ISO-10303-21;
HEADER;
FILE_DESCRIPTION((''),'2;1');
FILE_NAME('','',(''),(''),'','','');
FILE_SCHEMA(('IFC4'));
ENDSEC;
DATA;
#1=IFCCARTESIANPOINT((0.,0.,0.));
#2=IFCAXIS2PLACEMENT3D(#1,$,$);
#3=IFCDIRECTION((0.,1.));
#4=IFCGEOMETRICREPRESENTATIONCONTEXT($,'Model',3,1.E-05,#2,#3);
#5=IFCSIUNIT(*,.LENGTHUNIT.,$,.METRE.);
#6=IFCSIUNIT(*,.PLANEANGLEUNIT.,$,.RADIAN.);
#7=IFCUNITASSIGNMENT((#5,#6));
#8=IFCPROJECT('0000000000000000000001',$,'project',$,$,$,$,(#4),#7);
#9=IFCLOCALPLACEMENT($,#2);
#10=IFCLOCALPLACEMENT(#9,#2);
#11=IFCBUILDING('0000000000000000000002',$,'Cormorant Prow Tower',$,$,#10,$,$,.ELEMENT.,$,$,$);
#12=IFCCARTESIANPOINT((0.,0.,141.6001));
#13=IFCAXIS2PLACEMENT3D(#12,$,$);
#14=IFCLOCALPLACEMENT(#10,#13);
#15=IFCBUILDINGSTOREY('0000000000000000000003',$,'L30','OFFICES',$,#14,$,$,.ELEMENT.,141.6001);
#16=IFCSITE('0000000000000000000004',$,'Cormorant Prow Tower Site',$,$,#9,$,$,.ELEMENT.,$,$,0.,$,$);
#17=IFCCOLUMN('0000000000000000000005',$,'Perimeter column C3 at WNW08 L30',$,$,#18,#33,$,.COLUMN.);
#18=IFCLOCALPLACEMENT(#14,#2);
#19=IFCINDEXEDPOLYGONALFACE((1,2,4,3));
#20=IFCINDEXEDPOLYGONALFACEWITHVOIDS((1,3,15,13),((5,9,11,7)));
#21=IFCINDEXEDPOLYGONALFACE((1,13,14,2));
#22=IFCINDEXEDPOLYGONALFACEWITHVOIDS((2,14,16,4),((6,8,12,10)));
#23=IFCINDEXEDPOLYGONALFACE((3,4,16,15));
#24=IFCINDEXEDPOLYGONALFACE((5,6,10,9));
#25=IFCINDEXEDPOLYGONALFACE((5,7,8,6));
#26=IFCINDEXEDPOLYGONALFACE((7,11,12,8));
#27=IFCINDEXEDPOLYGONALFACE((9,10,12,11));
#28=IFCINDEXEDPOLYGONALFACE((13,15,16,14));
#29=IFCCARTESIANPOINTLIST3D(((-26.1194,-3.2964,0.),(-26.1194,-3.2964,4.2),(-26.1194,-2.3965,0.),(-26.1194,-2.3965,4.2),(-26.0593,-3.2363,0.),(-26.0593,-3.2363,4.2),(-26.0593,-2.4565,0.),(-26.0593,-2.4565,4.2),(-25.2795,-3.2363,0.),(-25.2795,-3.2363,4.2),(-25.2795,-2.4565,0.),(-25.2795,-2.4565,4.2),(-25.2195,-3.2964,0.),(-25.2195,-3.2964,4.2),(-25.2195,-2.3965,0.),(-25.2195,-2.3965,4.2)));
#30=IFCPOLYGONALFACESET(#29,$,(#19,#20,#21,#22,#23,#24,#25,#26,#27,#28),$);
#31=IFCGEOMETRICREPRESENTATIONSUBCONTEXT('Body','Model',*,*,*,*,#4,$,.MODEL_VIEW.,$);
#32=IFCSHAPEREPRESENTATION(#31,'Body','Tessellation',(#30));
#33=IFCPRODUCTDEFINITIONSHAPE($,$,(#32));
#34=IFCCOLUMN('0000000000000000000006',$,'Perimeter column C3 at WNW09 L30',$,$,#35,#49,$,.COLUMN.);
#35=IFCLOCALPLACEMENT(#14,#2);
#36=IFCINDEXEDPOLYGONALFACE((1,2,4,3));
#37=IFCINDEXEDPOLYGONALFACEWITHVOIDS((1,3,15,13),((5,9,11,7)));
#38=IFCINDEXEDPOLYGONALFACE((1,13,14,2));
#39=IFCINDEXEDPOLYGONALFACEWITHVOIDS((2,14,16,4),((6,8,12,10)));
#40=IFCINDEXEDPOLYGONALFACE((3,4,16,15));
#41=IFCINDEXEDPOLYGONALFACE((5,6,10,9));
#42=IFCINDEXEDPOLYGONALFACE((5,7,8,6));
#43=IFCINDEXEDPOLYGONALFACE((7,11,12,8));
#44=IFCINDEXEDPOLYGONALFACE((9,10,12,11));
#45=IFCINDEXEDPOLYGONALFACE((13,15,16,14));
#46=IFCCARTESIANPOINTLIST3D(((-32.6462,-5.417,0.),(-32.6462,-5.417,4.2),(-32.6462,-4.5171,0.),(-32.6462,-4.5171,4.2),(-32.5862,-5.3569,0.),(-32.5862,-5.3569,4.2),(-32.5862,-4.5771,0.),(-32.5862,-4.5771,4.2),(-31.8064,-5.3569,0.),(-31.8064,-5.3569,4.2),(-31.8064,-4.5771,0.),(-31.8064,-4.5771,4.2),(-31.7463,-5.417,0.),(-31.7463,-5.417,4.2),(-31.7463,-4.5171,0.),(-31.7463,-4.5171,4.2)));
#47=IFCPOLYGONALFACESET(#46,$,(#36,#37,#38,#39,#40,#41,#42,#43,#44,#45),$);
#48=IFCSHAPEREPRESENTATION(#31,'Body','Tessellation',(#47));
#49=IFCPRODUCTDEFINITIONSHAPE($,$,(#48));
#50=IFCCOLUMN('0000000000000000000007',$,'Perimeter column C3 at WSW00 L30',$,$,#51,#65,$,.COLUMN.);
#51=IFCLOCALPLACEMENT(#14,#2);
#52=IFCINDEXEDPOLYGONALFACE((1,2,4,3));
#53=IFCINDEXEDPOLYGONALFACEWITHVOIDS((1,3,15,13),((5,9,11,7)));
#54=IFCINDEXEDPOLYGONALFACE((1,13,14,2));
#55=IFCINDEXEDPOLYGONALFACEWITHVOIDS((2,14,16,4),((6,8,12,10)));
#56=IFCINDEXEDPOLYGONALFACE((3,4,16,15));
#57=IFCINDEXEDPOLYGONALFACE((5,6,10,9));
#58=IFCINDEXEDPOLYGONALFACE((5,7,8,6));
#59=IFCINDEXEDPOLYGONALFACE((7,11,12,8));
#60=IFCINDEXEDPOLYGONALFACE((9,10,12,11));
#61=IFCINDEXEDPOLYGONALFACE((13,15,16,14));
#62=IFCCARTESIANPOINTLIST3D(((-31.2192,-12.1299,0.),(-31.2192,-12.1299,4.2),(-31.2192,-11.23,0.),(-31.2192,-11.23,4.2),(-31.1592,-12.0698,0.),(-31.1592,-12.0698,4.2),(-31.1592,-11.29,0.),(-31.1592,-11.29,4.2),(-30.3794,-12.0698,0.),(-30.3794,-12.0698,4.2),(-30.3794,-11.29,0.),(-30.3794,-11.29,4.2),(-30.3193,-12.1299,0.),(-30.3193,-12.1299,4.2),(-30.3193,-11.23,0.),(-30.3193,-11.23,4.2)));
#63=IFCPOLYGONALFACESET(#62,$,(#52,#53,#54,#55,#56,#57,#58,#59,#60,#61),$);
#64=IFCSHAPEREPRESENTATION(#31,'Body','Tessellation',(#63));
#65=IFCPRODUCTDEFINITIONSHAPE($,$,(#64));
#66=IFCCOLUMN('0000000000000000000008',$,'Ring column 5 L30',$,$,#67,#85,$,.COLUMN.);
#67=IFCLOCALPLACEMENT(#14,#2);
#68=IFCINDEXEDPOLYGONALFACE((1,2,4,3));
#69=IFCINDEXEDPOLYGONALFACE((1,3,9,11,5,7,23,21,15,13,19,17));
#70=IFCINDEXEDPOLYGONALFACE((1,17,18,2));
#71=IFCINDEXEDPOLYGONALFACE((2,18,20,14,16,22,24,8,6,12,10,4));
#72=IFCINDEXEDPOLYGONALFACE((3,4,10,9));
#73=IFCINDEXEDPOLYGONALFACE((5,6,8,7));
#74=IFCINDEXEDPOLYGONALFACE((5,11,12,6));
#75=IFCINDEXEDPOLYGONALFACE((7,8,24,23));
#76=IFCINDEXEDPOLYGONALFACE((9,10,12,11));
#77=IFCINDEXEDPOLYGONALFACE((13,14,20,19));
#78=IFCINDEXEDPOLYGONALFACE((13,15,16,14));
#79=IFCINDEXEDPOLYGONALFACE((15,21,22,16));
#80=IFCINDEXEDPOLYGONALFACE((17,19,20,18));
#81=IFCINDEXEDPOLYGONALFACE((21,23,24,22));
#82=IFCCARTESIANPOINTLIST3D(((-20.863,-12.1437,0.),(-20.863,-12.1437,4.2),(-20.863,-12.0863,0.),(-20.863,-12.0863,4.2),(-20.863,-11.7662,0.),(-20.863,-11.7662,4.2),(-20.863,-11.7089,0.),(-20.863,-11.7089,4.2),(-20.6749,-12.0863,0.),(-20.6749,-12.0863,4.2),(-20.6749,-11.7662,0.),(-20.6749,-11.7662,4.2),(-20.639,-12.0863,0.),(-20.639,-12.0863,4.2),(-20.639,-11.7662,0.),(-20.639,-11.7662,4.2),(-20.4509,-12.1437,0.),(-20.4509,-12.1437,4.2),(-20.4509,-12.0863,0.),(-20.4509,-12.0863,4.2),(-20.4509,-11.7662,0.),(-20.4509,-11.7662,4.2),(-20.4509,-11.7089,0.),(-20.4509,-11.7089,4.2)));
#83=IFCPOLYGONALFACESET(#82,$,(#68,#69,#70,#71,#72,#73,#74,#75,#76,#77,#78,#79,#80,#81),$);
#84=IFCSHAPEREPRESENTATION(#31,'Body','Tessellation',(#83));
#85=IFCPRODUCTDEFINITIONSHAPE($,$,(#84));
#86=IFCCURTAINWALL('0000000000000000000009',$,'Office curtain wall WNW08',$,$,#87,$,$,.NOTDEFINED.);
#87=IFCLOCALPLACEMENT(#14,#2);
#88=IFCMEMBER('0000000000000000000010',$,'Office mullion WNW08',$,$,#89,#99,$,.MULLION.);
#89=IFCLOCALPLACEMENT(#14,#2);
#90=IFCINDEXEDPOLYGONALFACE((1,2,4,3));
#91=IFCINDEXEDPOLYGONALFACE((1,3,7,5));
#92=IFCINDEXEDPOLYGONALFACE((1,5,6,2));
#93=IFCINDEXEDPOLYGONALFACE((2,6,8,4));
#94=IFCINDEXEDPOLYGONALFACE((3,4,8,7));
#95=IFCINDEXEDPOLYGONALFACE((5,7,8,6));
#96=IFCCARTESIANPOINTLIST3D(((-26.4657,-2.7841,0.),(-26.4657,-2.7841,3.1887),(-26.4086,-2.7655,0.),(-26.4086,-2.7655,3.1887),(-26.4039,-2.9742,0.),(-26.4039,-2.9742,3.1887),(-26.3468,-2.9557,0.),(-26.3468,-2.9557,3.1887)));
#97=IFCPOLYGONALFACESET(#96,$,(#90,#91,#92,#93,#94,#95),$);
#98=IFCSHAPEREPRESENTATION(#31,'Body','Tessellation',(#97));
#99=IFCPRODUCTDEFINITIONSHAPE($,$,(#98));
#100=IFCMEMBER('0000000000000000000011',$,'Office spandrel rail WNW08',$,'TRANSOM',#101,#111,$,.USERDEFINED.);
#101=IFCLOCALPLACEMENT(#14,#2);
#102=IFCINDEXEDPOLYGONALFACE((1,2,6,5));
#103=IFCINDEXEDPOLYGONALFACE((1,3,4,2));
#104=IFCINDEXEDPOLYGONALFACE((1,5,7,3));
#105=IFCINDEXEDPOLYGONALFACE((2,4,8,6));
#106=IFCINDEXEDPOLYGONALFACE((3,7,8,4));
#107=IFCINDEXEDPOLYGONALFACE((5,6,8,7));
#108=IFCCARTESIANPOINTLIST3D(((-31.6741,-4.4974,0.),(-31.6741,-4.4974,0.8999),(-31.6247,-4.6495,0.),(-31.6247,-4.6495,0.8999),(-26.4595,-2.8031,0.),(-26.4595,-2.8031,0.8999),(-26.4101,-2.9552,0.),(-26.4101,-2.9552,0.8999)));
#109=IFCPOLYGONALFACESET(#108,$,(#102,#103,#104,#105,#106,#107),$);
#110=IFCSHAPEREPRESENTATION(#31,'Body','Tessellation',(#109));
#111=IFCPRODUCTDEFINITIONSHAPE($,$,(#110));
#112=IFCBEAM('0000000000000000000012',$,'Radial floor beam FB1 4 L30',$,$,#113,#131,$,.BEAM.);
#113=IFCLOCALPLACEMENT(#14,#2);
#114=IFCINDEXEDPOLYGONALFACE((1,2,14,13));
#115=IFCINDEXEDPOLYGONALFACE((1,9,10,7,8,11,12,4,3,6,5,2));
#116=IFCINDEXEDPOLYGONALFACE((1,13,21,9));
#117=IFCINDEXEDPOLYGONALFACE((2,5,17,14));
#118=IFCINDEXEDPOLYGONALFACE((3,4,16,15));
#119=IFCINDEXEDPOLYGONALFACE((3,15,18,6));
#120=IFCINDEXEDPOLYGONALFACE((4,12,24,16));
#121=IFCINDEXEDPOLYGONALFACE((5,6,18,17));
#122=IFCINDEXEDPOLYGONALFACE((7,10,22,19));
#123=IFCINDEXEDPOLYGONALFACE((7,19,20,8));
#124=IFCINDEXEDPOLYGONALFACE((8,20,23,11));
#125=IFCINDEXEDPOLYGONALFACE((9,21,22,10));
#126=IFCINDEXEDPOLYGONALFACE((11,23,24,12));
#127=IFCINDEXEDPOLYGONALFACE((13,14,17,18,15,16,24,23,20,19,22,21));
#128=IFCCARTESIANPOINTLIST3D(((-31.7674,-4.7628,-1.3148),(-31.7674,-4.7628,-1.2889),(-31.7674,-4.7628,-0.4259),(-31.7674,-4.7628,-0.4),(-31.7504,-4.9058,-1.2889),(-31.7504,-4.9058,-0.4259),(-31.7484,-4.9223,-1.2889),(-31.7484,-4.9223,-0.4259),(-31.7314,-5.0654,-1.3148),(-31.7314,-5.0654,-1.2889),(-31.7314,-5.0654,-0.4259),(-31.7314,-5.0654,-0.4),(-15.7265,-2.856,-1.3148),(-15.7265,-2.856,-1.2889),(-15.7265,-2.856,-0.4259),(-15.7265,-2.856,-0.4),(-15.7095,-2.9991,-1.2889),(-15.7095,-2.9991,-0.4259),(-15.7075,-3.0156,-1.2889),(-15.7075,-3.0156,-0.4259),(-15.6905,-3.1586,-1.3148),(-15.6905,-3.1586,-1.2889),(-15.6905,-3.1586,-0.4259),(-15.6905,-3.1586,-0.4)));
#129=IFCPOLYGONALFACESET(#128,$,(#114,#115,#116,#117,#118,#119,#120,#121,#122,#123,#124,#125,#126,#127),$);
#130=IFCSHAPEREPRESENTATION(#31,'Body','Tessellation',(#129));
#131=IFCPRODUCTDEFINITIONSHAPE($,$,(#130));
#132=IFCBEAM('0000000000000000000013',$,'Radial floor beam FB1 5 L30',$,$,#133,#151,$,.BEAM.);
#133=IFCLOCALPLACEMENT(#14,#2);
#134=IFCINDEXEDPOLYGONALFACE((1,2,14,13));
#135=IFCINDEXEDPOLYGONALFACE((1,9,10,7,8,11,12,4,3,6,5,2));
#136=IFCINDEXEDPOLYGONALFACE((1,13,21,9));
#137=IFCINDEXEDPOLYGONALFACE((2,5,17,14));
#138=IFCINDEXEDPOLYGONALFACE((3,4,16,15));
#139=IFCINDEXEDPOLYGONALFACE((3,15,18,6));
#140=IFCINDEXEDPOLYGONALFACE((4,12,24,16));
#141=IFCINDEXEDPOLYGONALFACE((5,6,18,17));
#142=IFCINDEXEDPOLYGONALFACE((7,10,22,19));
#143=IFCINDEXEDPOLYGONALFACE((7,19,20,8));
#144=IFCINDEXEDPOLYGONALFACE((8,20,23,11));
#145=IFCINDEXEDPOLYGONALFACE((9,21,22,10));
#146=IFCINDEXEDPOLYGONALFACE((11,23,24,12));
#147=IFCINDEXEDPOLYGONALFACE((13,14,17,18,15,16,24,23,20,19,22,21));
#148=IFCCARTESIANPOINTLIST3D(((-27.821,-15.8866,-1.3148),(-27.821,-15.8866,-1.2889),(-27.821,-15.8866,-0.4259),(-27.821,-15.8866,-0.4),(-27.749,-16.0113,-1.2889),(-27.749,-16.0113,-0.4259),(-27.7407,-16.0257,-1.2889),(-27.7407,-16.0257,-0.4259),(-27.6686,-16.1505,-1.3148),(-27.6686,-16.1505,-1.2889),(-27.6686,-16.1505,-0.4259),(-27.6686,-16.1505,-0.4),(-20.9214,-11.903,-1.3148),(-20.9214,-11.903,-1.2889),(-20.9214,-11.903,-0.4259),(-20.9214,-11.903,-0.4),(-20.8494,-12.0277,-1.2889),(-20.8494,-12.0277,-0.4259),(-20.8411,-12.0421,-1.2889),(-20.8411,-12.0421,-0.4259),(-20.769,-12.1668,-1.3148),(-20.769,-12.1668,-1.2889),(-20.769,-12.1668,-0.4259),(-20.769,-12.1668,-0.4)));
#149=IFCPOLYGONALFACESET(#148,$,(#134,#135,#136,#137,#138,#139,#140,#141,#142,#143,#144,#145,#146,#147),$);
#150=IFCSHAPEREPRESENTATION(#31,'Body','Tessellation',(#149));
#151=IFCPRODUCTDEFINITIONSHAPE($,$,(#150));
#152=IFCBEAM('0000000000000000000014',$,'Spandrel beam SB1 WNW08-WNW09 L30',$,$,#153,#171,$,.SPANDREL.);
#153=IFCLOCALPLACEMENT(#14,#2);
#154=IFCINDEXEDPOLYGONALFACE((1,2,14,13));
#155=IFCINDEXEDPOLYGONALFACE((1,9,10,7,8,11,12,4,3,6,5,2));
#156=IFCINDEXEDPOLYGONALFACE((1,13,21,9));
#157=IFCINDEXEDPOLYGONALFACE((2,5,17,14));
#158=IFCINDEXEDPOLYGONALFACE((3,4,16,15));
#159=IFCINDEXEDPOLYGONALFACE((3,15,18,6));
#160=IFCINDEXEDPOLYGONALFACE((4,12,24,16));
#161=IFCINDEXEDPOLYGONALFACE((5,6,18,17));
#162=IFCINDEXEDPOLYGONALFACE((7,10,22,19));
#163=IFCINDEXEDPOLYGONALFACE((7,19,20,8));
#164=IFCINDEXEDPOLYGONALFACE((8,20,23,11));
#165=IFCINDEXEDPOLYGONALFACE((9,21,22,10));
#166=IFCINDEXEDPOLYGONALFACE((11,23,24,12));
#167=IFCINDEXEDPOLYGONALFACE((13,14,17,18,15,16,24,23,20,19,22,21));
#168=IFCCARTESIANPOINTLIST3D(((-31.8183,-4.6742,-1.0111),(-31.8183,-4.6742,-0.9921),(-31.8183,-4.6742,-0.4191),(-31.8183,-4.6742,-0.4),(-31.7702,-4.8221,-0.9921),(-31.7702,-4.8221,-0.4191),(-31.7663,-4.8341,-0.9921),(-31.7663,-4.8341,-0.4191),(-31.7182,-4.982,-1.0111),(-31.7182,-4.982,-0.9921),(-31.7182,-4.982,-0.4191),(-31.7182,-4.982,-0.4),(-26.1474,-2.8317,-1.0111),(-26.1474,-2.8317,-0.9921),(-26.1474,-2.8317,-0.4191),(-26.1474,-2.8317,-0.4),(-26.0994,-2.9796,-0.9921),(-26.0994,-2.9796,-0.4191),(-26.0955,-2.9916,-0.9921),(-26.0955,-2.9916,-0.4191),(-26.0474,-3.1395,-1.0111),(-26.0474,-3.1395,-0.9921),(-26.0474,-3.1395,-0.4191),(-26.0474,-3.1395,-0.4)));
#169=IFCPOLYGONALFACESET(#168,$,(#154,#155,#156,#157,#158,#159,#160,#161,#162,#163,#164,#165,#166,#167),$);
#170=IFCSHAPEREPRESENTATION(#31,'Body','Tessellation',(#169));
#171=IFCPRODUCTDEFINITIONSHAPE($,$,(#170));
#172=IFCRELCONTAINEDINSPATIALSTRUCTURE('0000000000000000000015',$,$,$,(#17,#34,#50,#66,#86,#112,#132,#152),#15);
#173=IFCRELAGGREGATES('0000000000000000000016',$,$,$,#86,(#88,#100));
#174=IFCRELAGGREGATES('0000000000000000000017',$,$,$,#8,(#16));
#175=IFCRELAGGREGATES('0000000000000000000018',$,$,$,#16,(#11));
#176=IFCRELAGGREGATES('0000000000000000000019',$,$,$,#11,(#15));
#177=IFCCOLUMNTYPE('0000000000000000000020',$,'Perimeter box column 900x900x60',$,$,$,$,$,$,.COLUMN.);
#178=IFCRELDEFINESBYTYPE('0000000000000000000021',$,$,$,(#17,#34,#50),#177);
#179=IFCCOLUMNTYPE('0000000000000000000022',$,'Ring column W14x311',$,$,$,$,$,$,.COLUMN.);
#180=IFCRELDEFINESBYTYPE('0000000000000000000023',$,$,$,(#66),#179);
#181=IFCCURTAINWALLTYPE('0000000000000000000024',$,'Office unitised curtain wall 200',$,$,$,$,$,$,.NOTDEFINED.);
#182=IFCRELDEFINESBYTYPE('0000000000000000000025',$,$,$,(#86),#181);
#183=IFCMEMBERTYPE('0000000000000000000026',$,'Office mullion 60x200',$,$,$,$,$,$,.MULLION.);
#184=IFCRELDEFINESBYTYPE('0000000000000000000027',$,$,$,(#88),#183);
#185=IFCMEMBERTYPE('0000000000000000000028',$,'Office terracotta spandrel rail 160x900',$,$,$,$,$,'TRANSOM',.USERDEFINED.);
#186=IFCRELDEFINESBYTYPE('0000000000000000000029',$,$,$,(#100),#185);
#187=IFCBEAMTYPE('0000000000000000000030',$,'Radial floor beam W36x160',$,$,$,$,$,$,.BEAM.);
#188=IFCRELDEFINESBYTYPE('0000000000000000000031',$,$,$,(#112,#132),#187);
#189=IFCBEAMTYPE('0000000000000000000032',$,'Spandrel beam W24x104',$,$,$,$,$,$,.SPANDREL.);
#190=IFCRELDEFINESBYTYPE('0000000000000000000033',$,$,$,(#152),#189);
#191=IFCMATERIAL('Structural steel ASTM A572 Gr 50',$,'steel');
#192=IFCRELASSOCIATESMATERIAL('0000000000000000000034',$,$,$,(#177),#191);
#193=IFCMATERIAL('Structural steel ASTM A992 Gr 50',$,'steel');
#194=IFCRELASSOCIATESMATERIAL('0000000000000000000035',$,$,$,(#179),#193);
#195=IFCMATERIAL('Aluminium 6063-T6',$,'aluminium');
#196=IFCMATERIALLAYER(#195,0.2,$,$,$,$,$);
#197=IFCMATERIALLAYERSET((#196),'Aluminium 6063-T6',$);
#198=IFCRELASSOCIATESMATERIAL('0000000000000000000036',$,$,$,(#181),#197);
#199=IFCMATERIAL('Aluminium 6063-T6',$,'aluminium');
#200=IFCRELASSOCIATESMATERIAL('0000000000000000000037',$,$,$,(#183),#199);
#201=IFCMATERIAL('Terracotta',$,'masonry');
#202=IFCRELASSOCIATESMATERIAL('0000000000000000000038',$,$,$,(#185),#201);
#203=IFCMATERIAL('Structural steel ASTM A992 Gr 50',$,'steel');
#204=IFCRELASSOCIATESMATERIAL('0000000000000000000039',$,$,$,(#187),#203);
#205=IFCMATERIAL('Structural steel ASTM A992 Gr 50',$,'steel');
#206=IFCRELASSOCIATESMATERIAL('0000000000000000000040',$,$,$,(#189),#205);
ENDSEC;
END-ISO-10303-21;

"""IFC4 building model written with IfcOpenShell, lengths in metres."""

from ifc_helpers import new_model, si_unit, direction, frame, origin, origin_2d, place, context, subcontext, project, spatial, rectangle, hollow_rectangle, i_section, extrude, material, layer, layer_set, material_profile, profile_set, type_object, element, aggregate, save


model = new_model("IFC4")

# Units and contexts
model_context = context("Model", 3, precision=1e-05, world=origin(), true_north=direction((0.0, 1.0)))
body_context = subcontext(model_context, "Body", "Model", "MODEL_VIEW")
ifc_project = project(units=[si_unit("LENGTHUNIT", "METRE"), si_unit("PLANEANGLEUNIT", "RADIAN")], contexts=[model_context])

# Site, building, storey
site_placement = place(None, origin())
site = spatial("IfcSite", under=ifc_project, at=site_placement, Name="Cormorant Prow Tower Site", CompositionType="ELEMENT", RefElevation=0.0)
building_placement = place(site_placement, origin())
building = spatial("IfcBuilding", under=site, at=building_placement, Name="Cormorant Prow Tower", CompositionType="ELEMENT")
storey_placement = place(building_placement, frame((0.0, 0.0, 141.6001)))
storey = spatial("IfcBuildingStorey", under=building, at=storey_placement, Name="L30", Description="OFFICES", CompositionType="ELEMENT", Elevation=141.6001)

# Columns
ifc_material_1 = material(Name="Structural steel ASTM A572 Gr 50", Category="steel")
ifc_material_profile_1 = material_profile(ifc_material_1, hollow_rectangle(XDim=0.8999, YDim=0.8999, WallThickness=0.0601, at=origin_2d()), Name="Box 900x900x60")
ifc_profile_set_1 = profile_set([ifc_material_profile_1], Name="Structural steel ASTM A572 Gr 50")
column_type_1 = type_object("IfcColumnType", Name="Perimeter box column 900x900x60", PredefinedType="COLUMN", material=ifc_profile_set_1)
for number, where, z_axis, x_axis, name in (
    (1, (-25.6694, -2.8464, 0.0), (0.0, 0.0, 1.0), (1.0, 0.0, 0.0), "Perimeter column C3 at WNW08 L30"),
    (2, (-32.1963, -4.967, 0.0), (0.0, 0.0, 1.0), (1.0, 0.0, 0.0), "Perimeter column C3 at WNW09 L30"),
    (3, (-30.7693, -11.6799, 0.0), (0.0, 0.0, 1.0), (1.0, 0.0, 0.0), "Perimeter column C3 at WSW00 L30"),
):
    element("IfcColumn", number, at=place(storey_placement, frame(where, z_axis=z_axis, x_axis=x_axis)), inside=storey, type_object=column_type_1, Name=name, PredefinedType="COLUMN", context=body_context, shape_type="SweptSolid", body=[
        extrude(hollow_rectangle(XDim=0.8999, YDim=0.8999, WallThickness=0.0601, at=origin_2d()), origin(), (0.0, 0.0, 1.0), 4.2),
    ])
ifc_material_2 = material(Name="Structural steel ASTM A992 Gr 50", Category="steel")
ifc_material_profile_2 = material_profile(ifc_material_2, i_section(OverallWidth=0.4121, OverallDepth=0.4348, WebThickness=0.0359, FlangeThickness=0.0574, at=origin_2d()), Name="W14x311")
ifc_profile_set_2 = profile_set([ifc_material_profile_2], Name="Structural steel ASTM A992 Gr 50")
column_type_2 = type_object("IfcColumnType", Name="Ring column W14x311", PredefinedType="COLUMN", material=ifc_profile_set_2)
column_placement = place(storey_placement, frame((-20.657, -11.9263, 0.0), z_axis=(0.0, 0.0, 1.0), x_axis=(1.0, 0.0, 0.0)))
element("IfcColumn", 4, at=column_placement, inside=storey, type_object=column_type_2, Name="Ring column 5 L30", PredefinedType="COLUMN", context=body_context, shape_type="SweptSolid", body=[
    extrude(i_section(OverallWidth=0.4121, OverallDepth=0.4348, WebThickness=0.0359, FlangeThickness=0.0574, at=origin_2d()), origin(), (0.0, 0.0, 1.0), 4.2),
])

# Curtain wall, members
ifc_material_3 = material(Name="Aluminium 6063-T6", Category="aluminium")
ifc_layer_1 = layer(ifc_material_3, 0.2)
ifc_layer_set_1 = layer_set([ifc_layer_1], Name="Aluminium 6063-T6")
curtain_wall_type = type_object("IfcCurtainWallType", Name="Office unitised curtain wall 200", PredefinedType="NOTDEFINED", material=ifc_layer_set_1)
curtain_wall_placement = place(storey_placement, origin())
curtain_wall = element("IfcCurtainWall", 5, at=curtain_wall_placement, inside=storey, type_object=curtain_wall_type, Name="Office curtain wall WNW08", PredefinedType="NOTDEFINED")
ifc_material_4 = material(Name="Aluminium 6063-T6", Category="aluminium")
ifc_material_profile_3 = material_profile(ifc_material_4, rectangle(XDim=0.2, YDim=0.0601, at=origin_2d()), Name="Office mullion 60x200")
ifc_profile_set_3 = profile_set([ifc_material_profile_3], Name="Aluminium 6063-T6")
member_type_1 = type_object("IfcMemberType", Name="Office mullion 60x200", PredefinedType="MULLION", material=ifc_profile_set_3)
member_1_placement = place(storey_placement, frame((-26.4062, -2.8699, 0.0), z_axis=(0.0, 0.0, 1.0), x_axis=(0.309017, -0.951057, 0.0)))
member_1 = element("IfcMember", 6, at=member_1_placement, type_object=member_type_1, Name="Office mullion WNW08", PredefinedType="MULLION", context=body_context, shape_type="SweptSolid", body=[
    extrude(rectangle(XDim=0.2, YDim=0.0601, at=origin_2d()), origin(), (0.0, 0.0, 1.0), 3.1887),
])
ifc_material_5 = material(Name="Terracotta", Category="masonry")
ifc_material_profile_4 = material_profile(ifc_material_5, rectangle(XDim=0.1599, YDim=0.8999, at=origin_2d()), Name="Office terracotta spandrel rail 160x900")
ifc_profile_set_4 = profile_set([ifc_material_profile_4], Name="Terracotta")
member_type_2 = type_object("IfcMemberType", Name="Office terracotta spandrel rail 160x900", ElementType="TRANSOM", PredefinedType="USERDEFINED", material=ifc_profile_set_4)
member_2_placement = place(storey_placement, frame((-26.4348, -2.8792, 0.45), z_axis=(-0.951056, -0.309019, 0.0), x_axis=(0.309019, -0.951056, 0.0)))
member_2 = element("IfcMember", 7, at=member_2_placement, type_object=member_type_2, Name="Office spandrel rail WNW08", ObjectType="TRANSOM", PredefinedType="USERDEFINED", context=body_context, shape_type="SweptSolid", body=[
    extrude(rectangle(XDim=0.1599, YDim=0.8999, at=origin_2d()), origin(), (0.0, 0.0, 1.0), 5.4829),
])

# Beams
ifc_material_6 = material(Name="Structural steel ASTM A992 Gr 50", Category="steel")
ifc_material_profile_5 = material_profile(ifc_material_6, i_section(OverallWidth=0.3047, OverallDepth=0.9148, WebThickness=0.0166, FlangeThickness=0.0259, at=origin_2d()), Name="W36x160")
ifc_profile_set_5 = profile_set([ifc_material_profile_5], Name="Structural steel ASTM A992 Gr 50")
beam_type_1 = type_object("IfcBeamType", Name="Radial floor beam W36x160", PredefinedType="BEAM", material=ifc_profile_set_5)
beam_1_placement = place(storey_placement, frame((-15.7085, -3.0073, -0.8574), z_axis=(-0.993009, -0.118037, 0.0), x_axis=(0.118037, -0.993009, 0.0)))
element("IfcBeam", 8, at=beam_1_placement, inside=storey, type_object=beam_type_1, Name="Radial floor beam FB1 4 L30", PredefinedType="BEAM", context=body_context, shape_type="SweptSolid", body=[
    extrude(i_section(OverallWidth=0.3047, OverallDepth=0.9148, WebThickness=0.0166, FlangeThickness=0.0259, at=origin_2d()), origin(), (0.0, 0.0, 1.0), 16.1538),
])
beam_2_placement = place(storey_placement, frame((-20.8452, -12.0349, -0.8574), z_axis=(-0.866019, -0.500012, 0.0), x_axis=(0.500012, -0.866019, 0.0)))
element("IfcBeam", 9, at=beam_2_placement, inside=storey, type_object=beam_type_1, Name="Radial floor beam FB1 5 L30", PredefinedType="BEAM", context=body_context, shape_type="SweptSolid", body=[
    extrude(i_section(OverallWidth=0.3047, OverallDepth=0.9148, WebThickness=0.0166, FlangeThickness=0.0259, at=origin_2d()), origin(), (0.0, 0.0, 1.0), 7.967),
])
ifc_material_7 = material(Name="Structural steel ASTM A992 Gr 50", Category="steel")
ifc_material_profile_6 = material_profile(ifc_material_7, i_section(OverallWidth=0.3237, OverallDepth=0.6111, WebThickness=0.0127, FlangeThickness=0.019, at=origin_2d()), Name="W24x104")
ifc_profile_set_6 = profile_set([ifc_material_profile_6], Name="Structural steel ASTM A992 Gr 50")
beam_type_2 = type_object("IfcBeamType", Name="Spandrel beam W24x104", PredefinedType="SPANDREL", material=ifc_profile_set_6)
beam_3_placement = place(storey_placement, frame((-26.0974, -2.9856, -0.7056), z_axis=(-0.951059, -0.309008, 0.0), x_axis=(0.309008, -0.951059, 0.0)))
element("IfcBeam", 10, at=beam_3_placement, inside=storey, type_object=beam_type_2, Name="Spandrel beam SB1 WNW08-WNW09 L30", PredefinedType="SPANDREL", context=body_context, shape_type="SweptSolid", body=[
    extrude(i_section(OverallWidth=0.3237, OverallDepth=0.6111, WebThickness=0.0127, FlangeThickness=0.019, at=origin_2d()), origin(), (0.0, 0.0, 1.0), 5.9626),
])

aggregate(curtain_wall, [member_1, member_2])

save(model, "model.ifc")
